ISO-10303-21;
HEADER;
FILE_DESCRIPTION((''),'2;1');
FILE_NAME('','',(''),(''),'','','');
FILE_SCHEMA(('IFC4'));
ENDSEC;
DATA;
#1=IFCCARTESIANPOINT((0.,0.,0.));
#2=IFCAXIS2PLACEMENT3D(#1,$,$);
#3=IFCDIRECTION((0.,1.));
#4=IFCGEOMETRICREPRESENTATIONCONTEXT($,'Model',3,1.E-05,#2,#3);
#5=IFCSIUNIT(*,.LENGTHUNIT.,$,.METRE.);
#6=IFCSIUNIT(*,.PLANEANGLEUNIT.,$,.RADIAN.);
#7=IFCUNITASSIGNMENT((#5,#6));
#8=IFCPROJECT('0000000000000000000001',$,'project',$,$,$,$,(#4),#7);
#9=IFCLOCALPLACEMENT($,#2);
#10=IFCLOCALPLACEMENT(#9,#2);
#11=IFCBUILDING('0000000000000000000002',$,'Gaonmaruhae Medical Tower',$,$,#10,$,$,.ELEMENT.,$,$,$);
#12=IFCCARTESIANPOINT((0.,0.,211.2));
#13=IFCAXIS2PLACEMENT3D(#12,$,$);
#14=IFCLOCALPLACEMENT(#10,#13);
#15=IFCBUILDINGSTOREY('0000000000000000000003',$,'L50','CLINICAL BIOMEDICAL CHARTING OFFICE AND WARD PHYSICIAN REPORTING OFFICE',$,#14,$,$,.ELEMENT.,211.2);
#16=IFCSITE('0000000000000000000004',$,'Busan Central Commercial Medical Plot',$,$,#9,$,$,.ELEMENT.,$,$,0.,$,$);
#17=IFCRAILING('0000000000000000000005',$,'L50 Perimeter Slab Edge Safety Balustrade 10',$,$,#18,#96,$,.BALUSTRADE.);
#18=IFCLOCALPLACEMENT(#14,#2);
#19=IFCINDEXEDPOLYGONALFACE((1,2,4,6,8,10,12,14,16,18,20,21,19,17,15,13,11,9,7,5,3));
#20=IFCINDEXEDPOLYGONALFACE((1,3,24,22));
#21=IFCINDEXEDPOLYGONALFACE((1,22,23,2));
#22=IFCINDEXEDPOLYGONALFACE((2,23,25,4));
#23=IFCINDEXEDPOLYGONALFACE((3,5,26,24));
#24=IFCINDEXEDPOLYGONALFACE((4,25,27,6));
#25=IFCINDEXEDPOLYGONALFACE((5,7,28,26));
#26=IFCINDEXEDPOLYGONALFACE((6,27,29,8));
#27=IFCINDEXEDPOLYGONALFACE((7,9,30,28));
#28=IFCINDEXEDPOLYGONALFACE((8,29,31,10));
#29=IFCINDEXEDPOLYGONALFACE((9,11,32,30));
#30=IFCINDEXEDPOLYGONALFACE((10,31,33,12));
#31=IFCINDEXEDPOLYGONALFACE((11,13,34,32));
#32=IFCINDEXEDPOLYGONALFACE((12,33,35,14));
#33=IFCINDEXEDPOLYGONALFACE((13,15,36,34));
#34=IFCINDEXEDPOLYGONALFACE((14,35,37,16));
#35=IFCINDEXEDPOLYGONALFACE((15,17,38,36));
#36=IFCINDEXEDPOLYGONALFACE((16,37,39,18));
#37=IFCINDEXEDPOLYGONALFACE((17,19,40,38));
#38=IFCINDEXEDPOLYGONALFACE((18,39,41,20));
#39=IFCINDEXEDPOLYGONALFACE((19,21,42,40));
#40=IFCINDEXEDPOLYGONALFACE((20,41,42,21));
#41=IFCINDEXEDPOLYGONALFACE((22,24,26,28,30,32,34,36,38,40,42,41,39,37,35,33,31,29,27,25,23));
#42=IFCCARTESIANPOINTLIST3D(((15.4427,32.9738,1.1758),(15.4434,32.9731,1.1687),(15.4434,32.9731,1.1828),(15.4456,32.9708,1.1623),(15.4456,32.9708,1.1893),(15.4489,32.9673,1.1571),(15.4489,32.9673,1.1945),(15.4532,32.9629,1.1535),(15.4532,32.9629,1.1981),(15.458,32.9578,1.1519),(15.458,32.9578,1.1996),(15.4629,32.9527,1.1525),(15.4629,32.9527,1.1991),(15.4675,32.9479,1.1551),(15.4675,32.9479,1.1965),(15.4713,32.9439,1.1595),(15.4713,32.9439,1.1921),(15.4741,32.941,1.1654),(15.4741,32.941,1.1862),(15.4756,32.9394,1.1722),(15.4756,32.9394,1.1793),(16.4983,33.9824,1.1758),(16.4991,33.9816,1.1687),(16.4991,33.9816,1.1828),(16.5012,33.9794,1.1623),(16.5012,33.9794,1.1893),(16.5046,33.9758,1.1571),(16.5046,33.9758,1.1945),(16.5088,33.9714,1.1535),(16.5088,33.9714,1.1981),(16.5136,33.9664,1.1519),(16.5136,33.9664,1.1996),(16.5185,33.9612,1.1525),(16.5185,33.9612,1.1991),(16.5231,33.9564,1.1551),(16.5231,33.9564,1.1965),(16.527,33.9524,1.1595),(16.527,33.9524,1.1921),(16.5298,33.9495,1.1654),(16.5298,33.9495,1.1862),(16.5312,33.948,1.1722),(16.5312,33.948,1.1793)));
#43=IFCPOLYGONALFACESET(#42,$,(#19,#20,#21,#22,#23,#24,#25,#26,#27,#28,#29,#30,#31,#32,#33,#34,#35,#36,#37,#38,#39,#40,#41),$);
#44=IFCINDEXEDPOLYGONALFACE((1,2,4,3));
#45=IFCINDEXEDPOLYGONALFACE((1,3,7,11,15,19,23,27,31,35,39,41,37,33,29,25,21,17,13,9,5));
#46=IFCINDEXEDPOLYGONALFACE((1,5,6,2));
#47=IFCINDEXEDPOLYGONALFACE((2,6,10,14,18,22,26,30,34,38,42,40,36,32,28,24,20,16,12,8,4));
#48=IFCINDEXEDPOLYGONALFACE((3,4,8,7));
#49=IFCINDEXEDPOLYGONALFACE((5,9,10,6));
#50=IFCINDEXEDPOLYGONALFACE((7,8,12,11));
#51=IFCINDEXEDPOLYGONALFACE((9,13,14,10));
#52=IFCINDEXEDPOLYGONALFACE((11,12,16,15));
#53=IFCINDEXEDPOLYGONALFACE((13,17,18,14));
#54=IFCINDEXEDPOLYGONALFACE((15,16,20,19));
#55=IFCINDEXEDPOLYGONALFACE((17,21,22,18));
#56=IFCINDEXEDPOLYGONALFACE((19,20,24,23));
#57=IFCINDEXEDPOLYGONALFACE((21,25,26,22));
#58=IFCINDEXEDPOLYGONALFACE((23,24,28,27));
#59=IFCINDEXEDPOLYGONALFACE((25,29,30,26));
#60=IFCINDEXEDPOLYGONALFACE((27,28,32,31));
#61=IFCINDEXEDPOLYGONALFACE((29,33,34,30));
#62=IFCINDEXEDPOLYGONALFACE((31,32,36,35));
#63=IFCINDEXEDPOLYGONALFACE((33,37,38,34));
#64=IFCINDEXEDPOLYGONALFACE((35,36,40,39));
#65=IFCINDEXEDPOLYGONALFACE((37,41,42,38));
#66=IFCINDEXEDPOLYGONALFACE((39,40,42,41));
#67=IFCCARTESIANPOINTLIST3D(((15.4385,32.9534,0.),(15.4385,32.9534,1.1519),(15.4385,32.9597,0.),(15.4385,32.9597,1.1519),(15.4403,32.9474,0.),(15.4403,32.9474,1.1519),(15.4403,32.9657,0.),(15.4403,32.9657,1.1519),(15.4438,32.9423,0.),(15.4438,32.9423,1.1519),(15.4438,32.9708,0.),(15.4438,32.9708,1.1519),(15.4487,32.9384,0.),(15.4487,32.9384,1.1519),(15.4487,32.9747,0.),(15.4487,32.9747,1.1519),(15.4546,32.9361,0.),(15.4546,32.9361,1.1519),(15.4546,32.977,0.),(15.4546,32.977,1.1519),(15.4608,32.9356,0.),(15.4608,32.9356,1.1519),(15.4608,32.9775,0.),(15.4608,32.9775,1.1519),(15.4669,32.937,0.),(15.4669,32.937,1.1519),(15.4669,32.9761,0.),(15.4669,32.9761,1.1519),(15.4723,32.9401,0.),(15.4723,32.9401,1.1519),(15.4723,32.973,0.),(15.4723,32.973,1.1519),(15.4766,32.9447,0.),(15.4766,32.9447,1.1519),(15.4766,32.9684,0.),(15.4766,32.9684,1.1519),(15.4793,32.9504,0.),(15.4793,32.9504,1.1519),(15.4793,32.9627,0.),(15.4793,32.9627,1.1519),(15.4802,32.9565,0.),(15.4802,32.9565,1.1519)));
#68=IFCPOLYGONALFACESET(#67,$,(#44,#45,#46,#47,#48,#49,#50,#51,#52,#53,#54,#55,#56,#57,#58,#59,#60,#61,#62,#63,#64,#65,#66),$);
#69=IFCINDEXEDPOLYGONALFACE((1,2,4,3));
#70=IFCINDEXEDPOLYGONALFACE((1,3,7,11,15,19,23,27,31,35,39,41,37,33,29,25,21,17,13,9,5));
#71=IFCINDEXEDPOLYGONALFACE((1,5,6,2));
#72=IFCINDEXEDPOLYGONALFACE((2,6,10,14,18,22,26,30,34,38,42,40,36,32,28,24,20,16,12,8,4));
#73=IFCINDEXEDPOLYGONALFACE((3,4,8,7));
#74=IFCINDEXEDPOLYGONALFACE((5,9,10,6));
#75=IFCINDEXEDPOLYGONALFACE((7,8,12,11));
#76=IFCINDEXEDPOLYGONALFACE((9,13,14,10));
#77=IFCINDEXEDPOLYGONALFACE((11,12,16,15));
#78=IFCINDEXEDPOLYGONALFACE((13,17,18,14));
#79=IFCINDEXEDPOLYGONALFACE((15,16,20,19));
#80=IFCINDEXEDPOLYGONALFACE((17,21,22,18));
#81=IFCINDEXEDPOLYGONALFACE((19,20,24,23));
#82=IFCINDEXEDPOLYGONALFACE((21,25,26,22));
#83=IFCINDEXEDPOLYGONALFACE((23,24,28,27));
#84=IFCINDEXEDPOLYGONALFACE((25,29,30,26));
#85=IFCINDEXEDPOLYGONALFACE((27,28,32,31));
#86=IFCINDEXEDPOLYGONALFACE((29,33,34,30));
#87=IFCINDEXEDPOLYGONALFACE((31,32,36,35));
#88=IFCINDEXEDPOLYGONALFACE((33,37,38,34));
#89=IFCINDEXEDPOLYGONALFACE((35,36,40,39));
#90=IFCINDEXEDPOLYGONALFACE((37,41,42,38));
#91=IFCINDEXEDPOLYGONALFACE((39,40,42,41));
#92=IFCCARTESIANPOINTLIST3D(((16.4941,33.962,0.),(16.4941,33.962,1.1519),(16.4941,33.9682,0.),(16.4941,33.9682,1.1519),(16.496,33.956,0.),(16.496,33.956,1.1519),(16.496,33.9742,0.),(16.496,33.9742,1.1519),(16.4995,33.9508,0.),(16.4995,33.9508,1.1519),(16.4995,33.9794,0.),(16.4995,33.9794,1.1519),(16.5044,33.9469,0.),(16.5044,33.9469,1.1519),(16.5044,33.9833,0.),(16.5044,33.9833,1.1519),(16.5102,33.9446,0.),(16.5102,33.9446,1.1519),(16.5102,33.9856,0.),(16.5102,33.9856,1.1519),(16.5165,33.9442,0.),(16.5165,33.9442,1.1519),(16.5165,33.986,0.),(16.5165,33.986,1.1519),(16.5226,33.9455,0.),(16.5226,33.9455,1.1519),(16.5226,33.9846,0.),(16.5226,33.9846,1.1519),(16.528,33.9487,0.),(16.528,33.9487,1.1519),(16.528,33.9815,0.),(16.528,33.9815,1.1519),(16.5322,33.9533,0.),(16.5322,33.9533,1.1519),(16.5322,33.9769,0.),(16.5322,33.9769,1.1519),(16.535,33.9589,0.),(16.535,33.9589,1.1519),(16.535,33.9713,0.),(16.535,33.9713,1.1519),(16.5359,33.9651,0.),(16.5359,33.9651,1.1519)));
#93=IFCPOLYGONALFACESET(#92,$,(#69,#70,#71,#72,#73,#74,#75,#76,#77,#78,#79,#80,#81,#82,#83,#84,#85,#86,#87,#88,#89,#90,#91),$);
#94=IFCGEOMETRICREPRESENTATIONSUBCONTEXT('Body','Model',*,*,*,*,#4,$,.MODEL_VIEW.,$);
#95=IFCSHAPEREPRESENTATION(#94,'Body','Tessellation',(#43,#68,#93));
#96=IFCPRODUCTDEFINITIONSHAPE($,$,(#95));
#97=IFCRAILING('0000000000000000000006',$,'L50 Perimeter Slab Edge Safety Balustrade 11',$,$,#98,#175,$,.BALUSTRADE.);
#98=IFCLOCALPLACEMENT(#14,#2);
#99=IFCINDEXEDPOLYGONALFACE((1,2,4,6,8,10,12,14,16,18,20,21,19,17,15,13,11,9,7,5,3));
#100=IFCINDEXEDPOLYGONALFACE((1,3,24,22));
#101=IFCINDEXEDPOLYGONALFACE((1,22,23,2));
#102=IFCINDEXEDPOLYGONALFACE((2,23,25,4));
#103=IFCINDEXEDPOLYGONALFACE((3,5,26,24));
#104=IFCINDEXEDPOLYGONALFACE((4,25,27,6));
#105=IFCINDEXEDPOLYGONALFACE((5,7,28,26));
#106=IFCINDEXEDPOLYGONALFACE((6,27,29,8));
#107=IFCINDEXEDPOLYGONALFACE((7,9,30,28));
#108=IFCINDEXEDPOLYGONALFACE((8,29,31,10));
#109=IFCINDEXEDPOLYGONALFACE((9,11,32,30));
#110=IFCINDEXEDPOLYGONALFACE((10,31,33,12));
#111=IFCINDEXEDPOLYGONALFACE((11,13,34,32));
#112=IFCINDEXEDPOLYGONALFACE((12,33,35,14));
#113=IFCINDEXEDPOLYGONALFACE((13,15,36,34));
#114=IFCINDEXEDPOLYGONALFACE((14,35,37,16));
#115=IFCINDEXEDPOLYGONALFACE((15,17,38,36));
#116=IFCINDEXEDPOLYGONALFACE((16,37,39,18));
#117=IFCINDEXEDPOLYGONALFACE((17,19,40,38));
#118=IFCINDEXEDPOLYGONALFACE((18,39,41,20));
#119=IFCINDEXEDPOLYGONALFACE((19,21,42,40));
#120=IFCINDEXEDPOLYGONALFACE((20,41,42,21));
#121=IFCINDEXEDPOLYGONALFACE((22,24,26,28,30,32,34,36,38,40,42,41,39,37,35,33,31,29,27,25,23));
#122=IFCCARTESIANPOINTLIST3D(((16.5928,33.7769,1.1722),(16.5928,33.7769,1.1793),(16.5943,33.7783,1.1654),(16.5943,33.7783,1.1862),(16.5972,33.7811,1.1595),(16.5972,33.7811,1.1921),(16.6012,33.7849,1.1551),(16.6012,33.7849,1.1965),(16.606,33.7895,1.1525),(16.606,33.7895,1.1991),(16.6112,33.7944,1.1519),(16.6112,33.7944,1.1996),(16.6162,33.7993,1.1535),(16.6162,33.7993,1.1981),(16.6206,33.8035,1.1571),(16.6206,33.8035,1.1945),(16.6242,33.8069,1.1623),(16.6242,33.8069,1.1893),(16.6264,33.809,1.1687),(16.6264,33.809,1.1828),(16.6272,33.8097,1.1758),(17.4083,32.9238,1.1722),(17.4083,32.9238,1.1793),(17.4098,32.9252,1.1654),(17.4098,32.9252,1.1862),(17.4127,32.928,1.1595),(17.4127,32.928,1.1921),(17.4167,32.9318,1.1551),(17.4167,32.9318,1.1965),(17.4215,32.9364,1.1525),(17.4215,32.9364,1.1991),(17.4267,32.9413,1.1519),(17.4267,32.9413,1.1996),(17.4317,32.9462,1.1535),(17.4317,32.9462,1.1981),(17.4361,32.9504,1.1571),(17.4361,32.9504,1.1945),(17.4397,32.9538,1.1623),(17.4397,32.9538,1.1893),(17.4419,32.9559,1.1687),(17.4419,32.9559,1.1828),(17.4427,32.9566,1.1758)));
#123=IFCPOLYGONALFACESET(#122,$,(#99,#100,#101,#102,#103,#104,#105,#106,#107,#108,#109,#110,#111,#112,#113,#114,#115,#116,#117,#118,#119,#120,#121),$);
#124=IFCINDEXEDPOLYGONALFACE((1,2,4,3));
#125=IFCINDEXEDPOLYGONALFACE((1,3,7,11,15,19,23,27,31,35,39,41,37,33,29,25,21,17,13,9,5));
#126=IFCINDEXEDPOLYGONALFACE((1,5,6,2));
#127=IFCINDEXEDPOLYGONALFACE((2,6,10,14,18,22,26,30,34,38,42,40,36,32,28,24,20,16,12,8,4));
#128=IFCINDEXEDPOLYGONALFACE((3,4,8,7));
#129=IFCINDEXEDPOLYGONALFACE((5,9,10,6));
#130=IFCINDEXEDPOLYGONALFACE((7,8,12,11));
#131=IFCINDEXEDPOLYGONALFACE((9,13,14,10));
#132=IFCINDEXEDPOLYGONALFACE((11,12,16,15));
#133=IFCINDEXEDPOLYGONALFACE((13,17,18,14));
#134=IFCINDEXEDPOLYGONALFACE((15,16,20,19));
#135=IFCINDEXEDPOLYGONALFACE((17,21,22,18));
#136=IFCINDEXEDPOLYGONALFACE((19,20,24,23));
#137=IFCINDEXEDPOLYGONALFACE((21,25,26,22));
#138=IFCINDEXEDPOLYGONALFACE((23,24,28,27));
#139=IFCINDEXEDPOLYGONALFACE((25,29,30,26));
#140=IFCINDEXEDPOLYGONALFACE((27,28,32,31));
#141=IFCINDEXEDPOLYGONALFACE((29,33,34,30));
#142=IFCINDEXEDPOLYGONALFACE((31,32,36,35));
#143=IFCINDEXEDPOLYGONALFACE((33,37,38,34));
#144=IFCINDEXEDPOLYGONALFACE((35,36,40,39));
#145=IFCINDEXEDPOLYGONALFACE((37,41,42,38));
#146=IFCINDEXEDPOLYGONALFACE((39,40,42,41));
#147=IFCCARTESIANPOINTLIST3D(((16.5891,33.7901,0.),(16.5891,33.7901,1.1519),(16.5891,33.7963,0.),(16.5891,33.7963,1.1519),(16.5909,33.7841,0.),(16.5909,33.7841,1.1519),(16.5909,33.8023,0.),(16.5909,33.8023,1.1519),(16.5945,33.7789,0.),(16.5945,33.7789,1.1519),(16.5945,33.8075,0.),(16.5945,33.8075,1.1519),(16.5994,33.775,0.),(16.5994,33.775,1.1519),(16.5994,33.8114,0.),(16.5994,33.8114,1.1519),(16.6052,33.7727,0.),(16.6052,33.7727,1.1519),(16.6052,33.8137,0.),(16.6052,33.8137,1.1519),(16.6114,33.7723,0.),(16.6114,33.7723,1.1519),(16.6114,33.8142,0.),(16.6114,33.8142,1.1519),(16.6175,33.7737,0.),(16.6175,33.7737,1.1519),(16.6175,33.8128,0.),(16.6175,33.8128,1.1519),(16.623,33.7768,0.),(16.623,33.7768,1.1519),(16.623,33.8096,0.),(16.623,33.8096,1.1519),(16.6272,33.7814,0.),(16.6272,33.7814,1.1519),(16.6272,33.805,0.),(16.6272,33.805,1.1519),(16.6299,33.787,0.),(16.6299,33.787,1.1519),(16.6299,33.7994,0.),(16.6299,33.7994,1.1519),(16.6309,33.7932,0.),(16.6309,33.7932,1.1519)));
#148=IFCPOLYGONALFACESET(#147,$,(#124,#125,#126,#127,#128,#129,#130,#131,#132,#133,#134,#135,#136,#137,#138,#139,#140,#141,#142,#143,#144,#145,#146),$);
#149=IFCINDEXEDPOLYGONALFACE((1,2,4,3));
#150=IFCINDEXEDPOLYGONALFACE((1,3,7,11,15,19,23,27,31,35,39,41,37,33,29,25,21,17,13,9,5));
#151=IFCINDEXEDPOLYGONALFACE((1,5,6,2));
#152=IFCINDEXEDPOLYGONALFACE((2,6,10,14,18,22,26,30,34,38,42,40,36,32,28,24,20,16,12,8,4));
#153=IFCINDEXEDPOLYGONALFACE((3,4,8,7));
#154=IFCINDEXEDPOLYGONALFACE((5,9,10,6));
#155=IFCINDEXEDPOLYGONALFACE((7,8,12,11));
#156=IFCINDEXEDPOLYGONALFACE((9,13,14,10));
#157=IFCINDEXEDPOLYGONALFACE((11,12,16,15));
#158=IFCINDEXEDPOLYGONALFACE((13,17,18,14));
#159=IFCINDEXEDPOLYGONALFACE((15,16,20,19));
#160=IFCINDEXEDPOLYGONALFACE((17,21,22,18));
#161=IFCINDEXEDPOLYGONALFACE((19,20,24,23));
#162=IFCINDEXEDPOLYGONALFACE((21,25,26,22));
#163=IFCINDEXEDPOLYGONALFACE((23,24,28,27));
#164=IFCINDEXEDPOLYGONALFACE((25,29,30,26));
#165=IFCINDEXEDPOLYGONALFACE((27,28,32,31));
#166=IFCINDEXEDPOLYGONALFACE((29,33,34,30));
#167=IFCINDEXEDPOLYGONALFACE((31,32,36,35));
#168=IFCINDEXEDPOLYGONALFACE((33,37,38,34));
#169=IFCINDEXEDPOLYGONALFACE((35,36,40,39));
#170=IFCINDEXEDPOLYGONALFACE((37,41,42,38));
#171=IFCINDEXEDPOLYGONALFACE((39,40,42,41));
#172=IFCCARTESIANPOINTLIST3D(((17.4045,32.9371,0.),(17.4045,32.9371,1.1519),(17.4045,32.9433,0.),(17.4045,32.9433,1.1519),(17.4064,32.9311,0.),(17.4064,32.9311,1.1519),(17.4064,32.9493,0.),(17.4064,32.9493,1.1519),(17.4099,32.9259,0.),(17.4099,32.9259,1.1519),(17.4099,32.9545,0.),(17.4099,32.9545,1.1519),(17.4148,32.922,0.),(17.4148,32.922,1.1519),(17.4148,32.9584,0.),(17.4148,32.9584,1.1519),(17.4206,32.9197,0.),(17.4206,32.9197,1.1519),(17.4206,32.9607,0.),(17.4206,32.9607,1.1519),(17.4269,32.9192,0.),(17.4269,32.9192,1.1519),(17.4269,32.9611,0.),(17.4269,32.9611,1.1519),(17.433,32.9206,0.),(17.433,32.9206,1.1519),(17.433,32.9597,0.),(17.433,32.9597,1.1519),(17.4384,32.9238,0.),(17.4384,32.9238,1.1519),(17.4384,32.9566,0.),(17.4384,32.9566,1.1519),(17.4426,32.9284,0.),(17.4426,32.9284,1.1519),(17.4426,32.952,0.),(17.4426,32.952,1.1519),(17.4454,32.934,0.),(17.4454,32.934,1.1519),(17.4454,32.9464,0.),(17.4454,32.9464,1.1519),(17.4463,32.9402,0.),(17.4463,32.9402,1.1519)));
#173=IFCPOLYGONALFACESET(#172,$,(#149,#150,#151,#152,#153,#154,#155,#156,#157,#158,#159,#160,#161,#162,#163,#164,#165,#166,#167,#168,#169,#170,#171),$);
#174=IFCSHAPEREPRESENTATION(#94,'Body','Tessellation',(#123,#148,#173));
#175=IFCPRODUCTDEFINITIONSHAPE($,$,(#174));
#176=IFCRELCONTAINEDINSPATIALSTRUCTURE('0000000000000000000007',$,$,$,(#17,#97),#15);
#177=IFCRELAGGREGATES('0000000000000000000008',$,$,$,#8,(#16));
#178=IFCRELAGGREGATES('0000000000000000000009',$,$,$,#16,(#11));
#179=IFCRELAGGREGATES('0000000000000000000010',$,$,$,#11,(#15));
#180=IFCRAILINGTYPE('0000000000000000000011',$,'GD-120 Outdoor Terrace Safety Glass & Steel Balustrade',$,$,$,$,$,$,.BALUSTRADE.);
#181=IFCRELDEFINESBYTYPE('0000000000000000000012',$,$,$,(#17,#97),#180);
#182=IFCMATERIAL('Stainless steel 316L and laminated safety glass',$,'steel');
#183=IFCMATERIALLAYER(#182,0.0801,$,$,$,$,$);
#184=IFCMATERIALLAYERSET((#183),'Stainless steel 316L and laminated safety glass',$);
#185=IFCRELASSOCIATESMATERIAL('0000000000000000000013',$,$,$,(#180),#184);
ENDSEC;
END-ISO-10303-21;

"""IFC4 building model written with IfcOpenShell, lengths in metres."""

from ifc_helpers import new_model, si_unit, direction, frame, origin, origin_2d, place, context, subcontext, project, spatial, circle, extrude, material, layer, layer_set, type_object, element, save


model = new_model("IFC4")

# Units and contexts
model_context = context("Model", 3, precision=1e-05, world=origin(), true_north=direction((0.0, 1.0)))
body_context = subcontext(model_context, "Body", "Model", "MODEL_VIEW")
ifc_project = project(units=[si_unit("LENGTHUNIT", "METRE"), si_unit("PLANEANGLEUNIT", "RADIAN")], contexts=[model_context])

# Site, building, storey
site_placement = place(None, origin())
site = spatial("IfcSite", under=ifc_project, at=site_placement, Name="Busan Central Commercial Medical Plot", CompositionType="ELEMENT", RefElevation=0.0)
building_placement = place(site_placement, origin())
building = spatial("IfcBuilding", under=site, at=building_placement, Name="Gaonmaruhae Medical Tower", CompositionType="ELEMENT")
storey_placement = place(building_placement, frame((0.0, 0.0, 211.2)))
storey = spatial("IfcBuildingStorey", under=building, at=storey_placement, Name="L50", Description="CLINICAL BIOMEDICAL CHARTING OFFICE AND WARD PHYSICIAN REPORTING OFFICE", CompositionType="ELEMENT", Elevation=211.2)

# Railings
ifc_material_1 = material(Name="Stainless steel 316L and laminated safety glass", Category="steel")
ifc_layer_1 = layer(ifc_material_1, 0.0801)
ifc_layer_set_1 = layer_set([ifc_layer_1], Name="Stainless steel 316L and laminated safety glass")
railing_type = type_object("IfcRailingType", Name="GD-120 Outdoor Terrace Safety Glass & Steel Balustrade", PredefinedType="BALUSTRADE", material=ifc_layer_set_1)
railing_1_placement = place(storey_placement, frame((15.4592, 32.9565, 0.0)))
element("IfcRailing", 1, at=railing_1_placement, inside=storey, type_object=railing_type, Name="L50 Perimeter Slab Edge Safety Balustrade 10", PredefinedType="BALUSTRADE", context=body_context, shape_type="SweptSolid", body=[
    extrude(circle(Radius=0.0239, at=origin_2d()), frame((0.0, 0.0, 1.1758), z_axis=(0.723059, 0.690786, 0.0), x_axis=(-0.690786, 0.723059, 0.0)), (0.0, 0.0, 1.0), 1.46),
    extrude(circle(Radius=0.021, at=origin_2d()), origin(), (0.0, 0.0, 1.0), 1.1519),
    extrude(circle(Radius=0.021, at=origin_2d()), frame((1.0557, 1.0085, 0.0)), (0.0, 0.0, 1.0), 1.1519),
])
railing_2_placement = place(storey_placement, frame((16.6099, 33.7932, 0.0)))
element("IfcRailing", 2, at=railing_2_placement, inside=storey, type_object=railing_type, Name="L50 Perimeter Slab Edge Safety Balustrade 11", PredefinedType="BALUSTRADE", context=body_context, shape_type="SweptSolid", body=[
    extrude(circle(Radius=0.0239, at=origin_2d()), frame((0.0, 0.0, 1.1758), z_axis=(0.690997, -0.722857, 0.0), x_axis=(0.722857, 0.690997, 0.0)), (0.0, 0.0, 1.0), 1.1802),
    extrude(circle(Radius=0.021, at=origin_2d()), origin(), (0.0, 0.0, 1.0), 1.1519),
    extrude(circle(Radius=0.021, at=origin_2d()), frame((0.8154, -0.853, 0.0)), (0.0, 0.0, 1.0), 1.1519),
])

save(model, "model.ifc")
